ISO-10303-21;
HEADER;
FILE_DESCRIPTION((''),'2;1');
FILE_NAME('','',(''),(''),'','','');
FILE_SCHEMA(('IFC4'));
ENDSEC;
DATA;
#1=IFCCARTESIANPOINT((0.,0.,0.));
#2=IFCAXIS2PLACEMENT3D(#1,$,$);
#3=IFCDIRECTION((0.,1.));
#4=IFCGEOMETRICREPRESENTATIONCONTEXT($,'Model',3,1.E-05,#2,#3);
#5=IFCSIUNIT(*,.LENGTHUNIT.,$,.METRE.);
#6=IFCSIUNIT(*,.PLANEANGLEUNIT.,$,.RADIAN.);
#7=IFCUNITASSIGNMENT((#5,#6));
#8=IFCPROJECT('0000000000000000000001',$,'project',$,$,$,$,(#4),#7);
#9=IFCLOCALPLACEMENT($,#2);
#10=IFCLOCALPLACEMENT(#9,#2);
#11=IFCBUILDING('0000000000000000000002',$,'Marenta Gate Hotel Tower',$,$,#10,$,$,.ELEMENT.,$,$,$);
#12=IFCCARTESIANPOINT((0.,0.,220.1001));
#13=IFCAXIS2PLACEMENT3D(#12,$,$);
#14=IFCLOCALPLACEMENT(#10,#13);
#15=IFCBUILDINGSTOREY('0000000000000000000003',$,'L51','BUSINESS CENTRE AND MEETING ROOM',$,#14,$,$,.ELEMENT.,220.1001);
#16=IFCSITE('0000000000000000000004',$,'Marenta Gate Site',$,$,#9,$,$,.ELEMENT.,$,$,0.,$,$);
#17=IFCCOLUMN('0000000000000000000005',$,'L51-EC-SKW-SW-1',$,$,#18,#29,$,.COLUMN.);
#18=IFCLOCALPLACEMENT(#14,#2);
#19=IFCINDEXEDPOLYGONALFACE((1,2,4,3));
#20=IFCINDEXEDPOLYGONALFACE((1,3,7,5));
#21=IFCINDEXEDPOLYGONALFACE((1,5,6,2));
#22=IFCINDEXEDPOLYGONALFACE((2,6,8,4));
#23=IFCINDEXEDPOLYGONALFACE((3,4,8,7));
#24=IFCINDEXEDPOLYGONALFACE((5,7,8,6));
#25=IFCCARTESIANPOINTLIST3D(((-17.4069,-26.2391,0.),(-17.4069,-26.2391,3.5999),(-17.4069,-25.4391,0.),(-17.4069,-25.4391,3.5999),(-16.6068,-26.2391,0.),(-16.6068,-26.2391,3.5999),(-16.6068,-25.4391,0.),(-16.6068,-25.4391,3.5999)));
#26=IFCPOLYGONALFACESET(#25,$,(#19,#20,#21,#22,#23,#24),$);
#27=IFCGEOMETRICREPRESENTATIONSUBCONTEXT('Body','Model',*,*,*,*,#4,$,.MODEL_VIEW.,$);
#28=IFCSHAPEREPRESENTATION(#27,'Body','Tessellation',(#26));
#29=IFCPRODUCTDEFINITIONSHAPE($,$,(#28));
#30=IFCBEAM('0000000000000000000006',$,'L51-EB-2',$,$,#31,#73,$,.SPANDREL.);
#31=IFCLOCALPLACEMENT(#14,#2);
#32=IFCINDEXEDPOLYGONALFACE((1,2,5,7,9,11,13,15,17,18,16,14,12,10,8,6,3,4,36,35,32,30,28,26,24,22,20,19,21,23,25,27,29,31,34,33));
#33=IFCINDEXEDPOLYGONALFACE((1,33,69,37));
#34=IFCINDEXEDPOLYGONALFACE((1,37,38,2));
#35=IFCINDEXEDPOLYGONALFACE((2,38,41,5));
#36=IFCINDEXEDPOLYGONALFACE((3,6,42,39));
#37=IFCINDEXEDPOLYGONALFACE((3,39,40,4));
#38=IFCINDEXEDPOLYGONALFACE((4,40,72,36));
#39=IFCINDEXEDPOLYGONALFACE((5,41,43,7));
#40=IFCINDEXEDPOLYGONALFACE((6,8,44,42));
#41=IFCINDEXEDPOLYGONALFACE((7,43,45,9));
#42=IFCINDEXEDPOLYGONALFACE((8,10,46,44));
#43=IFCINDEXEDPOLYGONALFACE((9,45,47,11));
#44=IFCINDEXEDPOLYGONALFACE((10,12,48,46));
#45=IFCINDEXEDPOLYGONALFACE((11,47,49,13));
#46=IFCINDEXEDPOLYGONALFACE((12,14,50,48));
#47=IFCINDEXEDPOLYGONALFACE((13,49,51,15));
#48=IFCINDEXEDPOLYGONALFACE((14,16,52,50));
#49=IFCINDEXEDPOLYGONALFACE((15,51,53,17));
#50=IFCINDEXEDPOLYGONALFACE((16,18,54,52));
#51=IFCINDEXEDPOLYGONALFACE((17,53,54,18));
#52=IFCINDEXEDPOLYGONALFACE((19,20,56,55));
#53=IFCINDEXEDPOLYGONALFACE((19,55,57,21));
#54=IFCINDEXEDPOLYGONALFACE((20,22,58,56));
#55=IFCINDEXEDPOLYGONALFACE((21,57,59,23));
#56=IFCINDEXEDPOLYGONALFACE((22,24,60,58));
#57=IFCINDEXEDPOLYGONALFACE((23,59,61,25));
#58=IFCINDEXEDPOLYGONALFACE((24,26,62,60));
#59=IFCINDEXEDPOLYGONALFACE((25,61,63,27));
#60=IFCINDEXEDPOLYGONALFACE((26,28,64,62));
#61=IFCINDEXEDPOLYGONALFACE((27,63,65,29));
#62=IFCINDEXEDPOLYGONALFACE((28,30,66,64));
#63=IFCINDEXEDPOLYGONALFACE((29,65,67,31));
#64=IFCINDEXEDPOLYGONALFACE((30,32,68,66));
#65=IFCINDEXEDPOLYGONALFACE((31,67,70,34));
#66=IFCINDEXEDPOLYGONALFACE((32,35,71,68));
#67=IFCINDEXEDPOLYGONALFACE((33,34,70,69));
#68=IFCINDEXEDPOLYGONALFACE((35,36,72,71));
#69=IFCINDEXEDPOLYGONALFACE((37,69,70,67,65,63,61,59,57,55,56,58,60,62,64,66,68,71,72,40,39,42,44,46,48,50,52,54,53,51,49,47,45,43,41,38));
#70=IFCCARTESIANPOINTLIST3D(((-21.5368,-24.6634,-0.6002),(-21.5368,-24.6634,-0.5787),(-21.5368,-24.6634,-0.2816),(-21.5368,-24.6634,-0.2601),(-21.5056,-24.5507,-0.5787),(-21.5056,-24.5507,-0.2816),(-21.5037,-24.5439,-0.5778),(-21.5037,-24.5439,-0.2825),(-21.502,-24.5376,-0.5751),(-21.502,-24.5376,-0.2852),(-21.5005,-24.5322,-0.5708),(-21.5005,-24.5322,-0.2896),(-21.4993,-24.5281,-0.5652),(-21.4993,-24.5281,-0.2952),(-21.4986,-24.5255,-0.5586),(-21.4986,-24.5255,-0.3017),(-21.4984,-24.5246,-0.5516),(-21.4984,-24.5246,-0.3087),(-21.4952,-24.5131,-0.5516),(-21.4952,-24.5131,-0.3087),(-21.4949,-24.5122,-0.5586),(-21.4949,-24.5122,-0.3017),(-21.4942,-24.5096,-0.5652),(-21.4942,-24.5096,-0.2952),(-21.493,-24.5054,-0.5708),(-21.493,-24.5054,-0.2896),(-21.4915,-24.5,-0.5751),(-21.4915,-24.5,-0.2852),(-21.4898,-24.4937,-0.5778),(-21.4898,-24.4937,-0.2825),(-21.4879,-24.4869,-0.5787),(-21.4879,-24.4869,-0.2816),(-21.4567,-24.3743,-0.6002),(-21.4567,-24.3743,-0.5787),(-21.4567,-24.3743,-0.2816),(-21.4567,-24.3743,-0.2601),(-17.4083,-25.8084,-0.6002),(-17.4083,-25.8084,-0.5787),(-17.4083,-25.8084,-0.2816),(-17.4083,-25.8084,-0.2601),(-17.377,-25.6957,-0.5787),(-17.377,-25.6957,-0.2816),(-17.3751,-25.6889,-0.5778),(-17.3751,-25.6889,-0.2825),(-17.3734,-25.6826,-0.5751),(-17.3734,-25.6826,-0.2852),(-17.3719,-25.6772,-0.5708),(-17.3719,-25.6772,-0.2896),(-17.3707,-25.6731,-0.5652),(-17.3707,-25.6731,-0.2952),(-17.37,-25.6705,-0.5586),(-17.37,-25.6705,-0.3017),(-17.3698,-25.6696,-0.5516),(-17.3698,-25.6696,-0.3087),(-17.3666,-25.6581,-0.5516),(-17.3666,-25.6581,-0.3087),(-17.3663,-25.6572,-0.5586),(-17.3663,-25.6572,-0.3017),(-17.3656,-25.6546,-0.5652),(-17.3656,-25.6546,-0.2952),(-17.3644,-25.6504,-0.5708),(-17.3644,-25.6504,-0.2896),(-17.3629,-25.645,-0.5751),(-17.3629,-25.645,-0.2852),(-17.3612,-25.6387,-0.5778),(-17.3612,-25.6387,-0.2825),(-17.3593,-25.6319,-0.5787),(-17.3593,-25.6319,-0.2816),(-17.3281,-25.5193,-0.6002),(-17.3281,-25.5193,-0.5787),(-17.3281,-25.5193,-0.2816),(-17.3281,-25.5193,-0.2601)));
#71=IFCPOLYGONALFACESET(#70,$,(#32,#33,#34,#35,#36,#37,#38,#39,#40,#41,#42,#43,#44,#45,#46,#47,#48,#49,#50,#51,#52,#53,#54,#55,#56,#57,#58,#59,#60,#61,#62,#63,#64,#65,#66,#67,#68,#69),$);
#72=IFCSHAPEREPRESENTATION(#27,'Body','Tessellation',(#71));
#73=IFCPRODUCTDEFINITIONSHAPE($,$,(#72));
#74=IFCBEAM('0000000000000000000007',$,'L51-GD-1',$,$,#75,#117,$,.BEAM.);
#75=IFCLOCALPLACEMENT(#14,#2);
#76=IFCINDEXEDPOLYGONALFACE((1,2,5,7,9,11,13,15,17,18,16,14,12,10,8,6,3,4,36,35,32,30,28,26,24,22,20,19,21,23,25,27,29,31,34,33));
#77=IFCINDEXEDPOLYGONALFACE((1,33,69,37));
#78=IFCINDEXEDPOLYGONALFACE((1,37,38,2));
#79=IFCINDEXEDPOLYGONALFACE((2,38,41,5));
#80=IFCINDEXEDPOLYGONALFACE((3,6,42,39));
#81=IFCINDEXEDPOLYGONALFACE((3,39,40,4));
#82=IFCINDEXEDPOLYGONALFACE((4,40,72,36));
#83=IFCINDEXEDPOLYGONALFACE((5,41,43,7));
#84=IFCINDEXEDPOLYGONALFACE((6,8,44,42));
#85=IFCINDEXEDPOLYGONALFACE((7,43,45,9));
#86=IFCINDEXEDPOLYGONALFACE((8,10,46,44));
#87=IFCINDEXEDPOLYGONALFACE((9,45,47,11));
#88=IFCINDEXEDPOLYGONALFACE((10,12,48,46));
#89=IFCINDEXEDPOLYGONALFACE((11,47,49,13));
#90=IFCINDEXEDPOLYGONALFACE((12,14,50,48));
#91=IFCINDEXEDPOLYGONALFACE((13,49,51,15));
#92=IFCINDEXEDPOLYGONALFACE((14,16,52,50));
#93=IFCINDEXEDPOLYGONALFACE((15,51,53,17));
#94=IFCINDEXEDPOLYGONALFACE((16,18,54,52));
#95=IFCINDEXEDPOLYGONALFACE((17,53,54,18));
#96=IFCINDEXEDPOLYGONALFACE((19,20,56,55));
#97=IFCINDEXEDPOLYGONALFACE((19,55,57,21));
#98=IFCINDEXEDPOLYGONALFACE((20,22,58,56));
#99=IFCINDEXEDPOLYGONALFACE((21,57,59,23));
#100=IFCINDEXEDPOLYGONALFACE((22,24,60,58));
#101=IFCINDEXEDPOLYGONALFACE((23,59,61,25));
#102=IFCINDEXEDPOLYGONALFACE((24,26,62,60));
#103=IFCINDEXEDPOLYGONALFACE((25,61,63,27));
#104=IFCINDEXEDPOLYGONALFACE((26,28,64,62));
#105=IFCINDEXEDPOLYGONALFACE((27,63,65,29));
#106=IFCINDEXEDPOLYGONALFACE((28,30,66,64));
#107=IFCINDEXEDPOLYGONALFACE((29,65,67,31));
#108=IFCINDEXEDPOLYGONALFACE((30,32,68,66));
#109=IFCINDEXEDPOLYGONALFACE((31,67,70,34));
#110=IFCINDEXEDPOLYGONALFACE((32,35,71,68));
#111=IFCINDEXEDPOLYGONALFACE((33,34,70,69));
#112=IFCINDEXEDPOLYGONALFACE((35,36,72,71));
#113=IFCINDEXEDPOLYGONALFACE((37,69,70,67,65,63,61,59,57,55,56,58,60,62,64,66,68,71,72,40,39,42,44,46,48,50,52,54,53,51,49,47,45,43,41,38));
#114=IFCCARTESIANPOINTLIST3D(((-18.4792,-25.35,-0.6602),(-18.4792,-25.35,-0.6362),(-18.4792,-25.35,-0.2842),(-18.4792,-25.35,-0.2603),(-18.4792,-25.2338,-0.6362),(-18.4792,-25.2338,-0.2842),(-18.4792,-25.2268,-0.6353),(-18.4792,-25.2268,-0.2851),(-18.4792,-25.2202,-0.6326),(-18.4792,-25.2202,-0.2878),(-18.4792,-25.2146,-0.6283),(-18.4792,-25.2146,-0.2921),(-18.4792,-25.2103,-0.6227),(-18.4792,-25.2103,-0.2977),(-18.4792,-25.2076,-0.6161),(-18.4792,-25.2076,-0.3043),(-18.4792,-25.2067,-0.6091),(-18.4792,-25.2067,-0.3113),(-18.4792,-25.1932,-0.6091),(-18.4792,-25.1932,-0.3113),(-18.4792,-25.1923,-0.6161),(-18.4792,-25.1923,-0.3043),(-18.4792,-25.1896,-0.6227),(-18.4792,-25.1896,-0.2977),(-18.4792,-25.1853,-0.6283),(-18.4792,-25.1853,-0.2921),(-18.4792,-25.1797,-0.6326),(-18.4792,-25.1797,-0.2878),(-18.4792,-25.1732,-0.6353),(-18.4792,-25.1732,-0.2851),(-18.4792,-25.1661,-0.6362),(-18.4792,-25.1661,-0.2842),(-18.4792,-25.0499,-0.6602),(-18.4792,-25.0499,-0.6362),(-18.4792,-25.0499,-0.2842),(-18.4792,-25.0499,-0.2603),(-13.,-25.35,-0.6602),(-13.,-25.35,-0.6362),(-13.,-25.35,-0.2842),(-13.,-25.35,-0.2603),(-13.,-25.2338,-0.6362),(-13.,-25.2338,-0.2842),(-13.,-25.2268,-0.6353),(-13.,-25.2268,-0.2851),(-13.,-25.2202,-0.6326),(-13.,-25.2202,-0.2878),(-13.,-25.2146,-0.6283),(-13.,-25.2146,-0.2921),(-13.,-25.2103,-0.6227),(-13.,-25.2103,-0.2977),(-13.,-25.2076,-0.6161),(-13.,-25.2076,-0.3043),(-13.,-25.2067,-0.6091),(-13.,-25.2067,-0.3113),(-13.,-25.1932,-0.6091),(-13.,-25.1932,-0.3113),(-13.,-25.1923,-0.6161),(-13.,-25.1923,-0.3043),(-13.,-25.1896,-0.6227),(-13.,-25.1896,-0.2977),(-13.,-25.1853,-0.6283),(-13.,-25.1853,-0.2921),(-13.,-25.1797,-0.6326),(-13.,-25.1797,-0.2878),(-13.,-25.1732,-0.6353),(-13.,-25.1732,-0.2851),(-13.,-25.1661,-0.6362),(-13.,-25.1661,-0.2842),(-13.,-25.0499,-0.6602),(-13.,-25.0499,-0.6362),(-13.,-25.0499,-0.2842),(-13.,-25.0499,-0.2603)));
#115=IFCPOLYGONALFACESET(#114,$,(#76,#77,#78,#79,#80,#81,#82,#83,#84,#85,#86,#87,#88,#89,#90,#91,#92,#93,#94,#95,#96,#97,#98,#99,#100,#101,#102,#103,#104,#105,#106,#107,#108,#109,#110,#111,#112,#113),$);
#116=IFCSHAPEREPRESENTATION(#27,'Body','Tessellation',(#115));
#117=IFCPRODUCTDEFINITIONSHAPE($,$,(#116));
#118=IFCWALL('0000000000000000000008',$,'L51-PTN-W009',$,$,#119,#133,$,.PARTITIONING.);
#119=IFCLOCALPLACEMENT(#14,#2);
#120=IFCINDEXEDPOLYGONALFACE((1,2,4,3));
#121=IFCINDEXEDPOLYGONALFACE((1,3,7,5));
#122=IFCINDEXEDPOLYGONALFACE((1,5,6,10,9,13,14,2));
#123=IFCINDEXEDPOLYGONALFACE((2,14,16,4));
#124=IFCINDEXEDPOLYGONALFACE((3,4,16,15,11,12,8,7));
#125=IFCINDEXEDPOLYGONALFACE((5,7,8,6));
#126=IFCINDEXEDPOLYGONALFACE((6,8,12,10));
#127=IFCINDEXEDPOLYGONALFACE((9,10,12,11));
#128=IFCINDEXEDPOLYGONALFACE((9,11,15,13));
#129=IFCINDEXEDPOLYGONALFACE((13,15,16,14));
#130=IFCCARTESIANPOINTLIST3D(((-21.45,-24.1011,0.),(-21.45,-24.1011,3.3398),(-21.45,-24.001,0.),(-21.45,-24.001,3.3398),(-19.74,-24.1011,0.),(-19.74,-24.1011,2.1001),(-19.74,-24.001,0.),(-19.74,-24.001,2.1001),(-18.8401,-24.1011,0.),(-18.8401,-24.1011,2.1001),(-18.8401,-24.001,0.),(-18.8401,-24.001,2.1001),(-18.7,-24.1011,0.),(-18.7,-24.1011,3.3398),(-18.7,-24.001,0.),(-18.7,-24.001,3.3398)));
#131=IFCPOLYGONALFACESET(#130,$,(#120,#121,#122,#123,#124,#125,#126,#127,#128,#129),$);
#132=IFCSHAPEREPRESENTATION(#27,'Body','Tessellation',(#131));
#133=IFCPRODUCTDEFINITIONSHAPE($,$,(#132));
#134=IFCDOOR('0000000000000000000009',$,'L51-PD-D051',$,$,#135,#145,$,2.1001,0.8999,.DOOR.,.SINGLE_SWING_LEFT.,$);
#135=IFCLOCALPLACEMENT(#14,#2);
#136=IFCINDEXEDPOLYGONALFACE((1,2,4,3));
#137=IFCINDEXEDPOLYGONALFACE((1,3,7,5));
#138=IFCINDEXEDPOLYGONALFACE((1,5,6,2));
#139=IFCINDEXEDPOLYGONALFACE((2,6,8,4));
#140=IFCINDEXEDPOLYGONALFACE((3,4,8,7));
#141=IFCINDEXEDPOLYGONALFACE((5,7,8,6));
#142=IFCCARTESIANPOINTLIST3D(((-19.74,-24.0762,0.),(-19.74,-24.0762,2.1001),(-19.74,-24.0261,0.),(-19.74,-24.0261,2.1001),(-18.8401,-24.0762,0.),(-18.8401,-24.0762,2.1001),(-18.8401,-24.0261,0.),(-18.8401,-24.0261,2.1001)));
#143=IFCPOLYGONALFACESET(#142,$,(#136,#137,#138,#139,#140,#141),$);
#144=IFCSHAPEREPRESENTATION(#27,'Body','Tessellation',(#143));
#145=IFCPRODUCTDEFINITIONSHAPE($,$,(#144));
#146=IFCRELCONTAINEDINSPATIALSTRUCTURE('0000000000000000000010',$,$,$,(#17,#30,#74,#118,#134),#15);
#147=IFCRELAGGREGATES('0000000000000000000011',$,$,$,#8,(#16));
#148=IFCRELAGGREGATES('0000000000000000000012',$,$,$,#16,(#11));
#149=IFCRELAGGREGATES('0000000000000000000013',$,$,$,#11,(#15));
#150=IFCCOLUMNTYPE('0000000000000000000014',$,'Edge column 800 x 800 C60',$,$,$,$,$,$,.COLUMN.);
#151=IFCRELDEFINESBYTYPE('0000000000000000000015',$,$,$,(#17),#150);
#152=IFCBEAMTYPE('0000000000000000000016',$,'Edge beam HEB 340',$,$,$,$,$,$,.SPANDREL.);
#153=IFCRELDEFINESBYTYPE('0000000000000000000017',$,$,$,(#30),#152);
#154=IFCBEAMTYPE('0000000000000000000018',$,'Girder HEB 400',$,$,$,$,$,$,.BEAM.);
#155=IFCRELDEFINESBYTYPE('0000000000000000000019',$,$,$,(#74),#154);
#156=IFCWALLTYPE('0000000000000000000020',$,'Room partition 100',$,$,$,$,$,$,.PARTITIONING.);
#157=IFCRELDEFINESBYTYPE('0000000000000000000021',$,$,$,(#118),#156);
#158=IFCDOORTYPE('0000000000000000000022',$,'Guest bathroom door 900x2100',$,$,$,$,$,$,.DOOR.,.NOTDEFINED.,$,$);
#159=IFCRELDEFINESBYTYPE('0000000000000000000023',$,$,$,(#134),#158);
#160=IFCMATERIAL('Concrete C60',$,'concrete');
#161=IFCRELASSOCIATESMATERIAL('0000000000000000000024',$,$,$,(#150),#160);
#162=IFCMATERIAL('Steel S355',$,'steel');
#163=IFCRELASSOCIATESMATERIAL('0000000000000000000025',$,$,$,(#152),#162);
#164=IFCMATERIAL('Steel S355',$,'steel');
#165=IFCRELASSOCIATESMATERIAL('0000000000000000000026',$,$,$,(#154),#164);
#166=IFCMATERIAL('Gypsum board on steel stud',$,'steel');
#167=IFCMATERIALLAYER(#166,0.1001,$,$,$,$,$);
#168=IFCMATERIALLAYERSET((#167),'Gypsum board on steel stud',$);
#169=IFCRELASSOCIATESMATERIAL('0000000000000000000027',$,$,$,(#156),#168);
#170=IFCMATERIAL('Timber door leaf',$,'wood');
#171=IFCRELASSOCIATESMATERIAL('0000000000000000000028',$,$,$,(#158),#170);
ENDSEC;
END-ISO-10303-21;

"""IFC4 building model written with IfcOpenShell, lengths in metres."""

from ifc_helpers import new_model, si_unit, direction, frame, frame_2d, origin, origin_2d, place, context, subcontext, project, spatial, rectangle, i_section, extrude, material, layer, layer_set, material_profile, profile_set, type_object, element, fill, save


model = new_model("IFC4")

# Units and contexts
model_context = context("Model", 3, precision=1e-05, world=origin(), true_north=direction((0.0, 1.0)))
body_context = subcontext(model_context, "Body", "Model", "MODEL_VIEW")
ifc_project = project(units=[si_unit("LENGTHUNIT", "METRE"), si_unit("PLANEANGLEUNIT", "RADIAN")], contexts=[model_context])

# Site, building, storey
site_placement = place(None, origin())
site = spatial("IfcSite", under=ifc_project, at=site_placement, Name="Marenta Gate Site", CompositionType="ELEMENT", RefElevation=0.0)
building_placement = place(site_placement, origin())
building = spatial("IfcBuilding", under=site, at=building_placement, Name="Marenta Gate Hotel Tower", CompositionType="ELEMENT")
storey_placement = place(building_placement, frame((0.0, 0.0, 220.1001)))
storey = spatial("IfcBuildingStorey", under=building, at=storey_placement, Name="L51", Description="BUSINESS CENTRE AND MEETING ROOM", CompositionType="ELEMENT", Elevation=220.1001)

# Column
ifc_material_1 = material(Name="Concrete C60", Category="concrete")
ifc_material_profile_1 = material_profile(ifc_material_1, rectangle(XDim=0.8, YDim=0.8, at=origin_2d()), Name="800 x 800")
ifc_profile_set_1 = profile_set([ifc_material_profile_1], Name="Concrete C60")
column_type = type_object("IfcColumnType", Name="Edge column 800 x 800 C60", PredefinedType="COLUMN", material=ifc_profile_set_1)
column_placement = place(storey_placement, frame((-17.0068, -25.8391, 0.0), z_axis=(0.0, 0.0, 1.0), x_axis=(1.0, 0.0, 0.0)))
element("IfcColumn", 1, at=column_placement, inside=storey, type_object=column_type, Name="L51-EC-SKW-SW-1", PredefinedType="COLUMN", context=body_context, shape_type="SweptSolid", body=[
    extrude(rectangle(XDim=0.8, YDim=0.8, at=origin_2d()), origin(), (0.0, 0.0, 1.0), 3.5999),
])

# Beams
ifc_material_2 = material(Name="Steel S355", Category="steel")
ifc_material_profile_2 = material_profile(ifc_material_2, i_section(OverallWidth=0.3, OverallDepth=0.3401, WebThickness=0.012, FlangeThickness=0.0215, FilletRadius=0.0271, at=origin_2d()), Name="HEB 340")
ifc_profile_set_2 = profile_set([ifc_material_profile_2], Name="Steel S355")
beam_type_1 = type_object("IfcBeamType", Name="Edge beam HEB 340", PredefinedType="SPANDREL", material=ifc_profile_set_2)
beam_1_placement = place(storey_placement, frame((-17.3682, -25.6638, -0.4302), z_axis=(-0.963628, 0.267247, 0.0), x_axis=(-0.267247, -0.963628, 0.0)))
element("IfcBeam", 2, at=beam_1_placement, inside=storey, type_object=beam_type_1, Name="L51-EB-2", PredefinedType="SPANDREL", context=body_context, shape_type="SweptSolid", body=[
    extrude(i_section(OverallWidth=0.3, OverallDepth=0.3401, WebThickness=0.012, FlangeThickness=0.0215, FilletRadius=0.0271, at=origin_2d()), origin(), (0.0, 0.0, 1.0), 4.2844),
])
ifc_material_3 = material(Name="Steel S355", Category="steel")
ifc_material_profile_3 = material_profile(ifc_material_3, i_section(OverallWidth=0.3, OverallDepth=0.3999, WebThickness=0.0134, FlangeThickness=0.0239, FilletRadius=0.0271, at=origin_2d()), Name="HEB 400")
ifc_profile_set_3 = profile_set([ifc_material_profile_3], Name="Steel S355")
beam_type_2 = type_object("IfcBeamType", Name="Girder HEB 400", PredefinedType="BEAM", material=ifc_profile_set_3)
beam_2_placement = place(storey_placement, frame((-18.4792, -25.2, -0.4602), z_axis=(1.0, 0.0, 0.0), x_axis=(0.0, 1.0, 0.0)))
element("IfcBeam", 3, at=beam_2_placement, inside=storey, type_object=beam_type_2, Name="L51-GD-1", PredefinedType="BEAM", context=body_context, shape_type="SweptSolid", body=[
    extrude(i_section(OverallWidth=0.3, OverallDepth=0.3999, WebThickness=0.0134, FlangeThickness=0.0239, FilletRadius=0.0271, at=origin_2d()), origin(), (0.0, 0.0, 1.0), 5.4792),
])

# Wall, opening, door
ifc_material_4 = material(Name="Gypsum board on steel stud", Category="steel")
ifc_layer_1 = layer(ifc_material_4, 0.1001)
ifc_layer_set_1 = layer_set([ifc_layer_1], Name="Gypsum board on steel stud")
wall_type_1 = type_object("IfcWallType", Name="Room partition 100", PredefinedType="PARTITIONING", material=ifc_layer_set_1)
wall_1_placement = place(storey_placement, frame((-21.45, -24.051, 0.0), z_axis=(0.0, 0.0, 1.0), x_axis=(1.0, 0.0, 0.0)))
wall_1 = element("IfcWall", 4, at=wall_1_placement, inside=storey, type_object=wall_type_1, Name="L51-PTN-W009", PredefinedType="PARTITIONING", context=body_context, shape_type="SweptSolid", body=[
    extrude(rectangle(XDim=2.75, YDim=0.1001, at=frame_2d((1.375, 0.0))), origin(), (0.0, 0.0, 1.0), 3.3398),
])
opening_1_placement = place(wall_1_placement, frame((1.71, 0.0, 0.0)))
opening_1 = element("IfcOpeningElement", 5, at=opening_1_placement, cuts=wall_1, PredefinedType="OPENING", context=body_context, shape_type="SweptSolid", body=[
    extrude(rectangle(XDim=0.8999, YDim=2.1001, at=frame_2d((0.45, 1.05))), frame((0.0, 0.05, 0.0), z_axis=(0.0, -1.0, 0.0), x_axis=(1.0, 0.0, 0.0)), (0.0, 0.0, 1.0), 0.1001),
])
ifc_material_5 = material(Name="Timber door leaf", Category="wood")
door_type_1 = type_object("IfcDoorType", Name="Guest bathroom door 900x2100", OperationType="NOTDEFINED", PredefinedType="DOOR", material=ifc_material_5)
door_1_placement = place(opening_1_placement, origin())
door_1 = element("IfcDoor", 6, at=door_1_placement, inside=storey, type_object=door_type_1, Name="L51-PD-D051", OperationType="SINGLE_SWING_LEFT", OverallHeight=2.1001, OverallWidth=0.8999, PredefinedType="DOOR", context=body_context, shape_type="SweptSolid", body=[
    extrude(rectangle(XDim=0.8999, YDim=2.1001, at=frame_2d((0.45, 1.05))), frame((0.0, 0.0249, 0.0), z_axis=(0.0, -1.0, 0.0), x_axis=(1.0, 0.0, 0.0)), (0.0, 0.0, 1.0), 0.05),
])
fill(opening_1, door_1)

save(model, "model.ifc")
